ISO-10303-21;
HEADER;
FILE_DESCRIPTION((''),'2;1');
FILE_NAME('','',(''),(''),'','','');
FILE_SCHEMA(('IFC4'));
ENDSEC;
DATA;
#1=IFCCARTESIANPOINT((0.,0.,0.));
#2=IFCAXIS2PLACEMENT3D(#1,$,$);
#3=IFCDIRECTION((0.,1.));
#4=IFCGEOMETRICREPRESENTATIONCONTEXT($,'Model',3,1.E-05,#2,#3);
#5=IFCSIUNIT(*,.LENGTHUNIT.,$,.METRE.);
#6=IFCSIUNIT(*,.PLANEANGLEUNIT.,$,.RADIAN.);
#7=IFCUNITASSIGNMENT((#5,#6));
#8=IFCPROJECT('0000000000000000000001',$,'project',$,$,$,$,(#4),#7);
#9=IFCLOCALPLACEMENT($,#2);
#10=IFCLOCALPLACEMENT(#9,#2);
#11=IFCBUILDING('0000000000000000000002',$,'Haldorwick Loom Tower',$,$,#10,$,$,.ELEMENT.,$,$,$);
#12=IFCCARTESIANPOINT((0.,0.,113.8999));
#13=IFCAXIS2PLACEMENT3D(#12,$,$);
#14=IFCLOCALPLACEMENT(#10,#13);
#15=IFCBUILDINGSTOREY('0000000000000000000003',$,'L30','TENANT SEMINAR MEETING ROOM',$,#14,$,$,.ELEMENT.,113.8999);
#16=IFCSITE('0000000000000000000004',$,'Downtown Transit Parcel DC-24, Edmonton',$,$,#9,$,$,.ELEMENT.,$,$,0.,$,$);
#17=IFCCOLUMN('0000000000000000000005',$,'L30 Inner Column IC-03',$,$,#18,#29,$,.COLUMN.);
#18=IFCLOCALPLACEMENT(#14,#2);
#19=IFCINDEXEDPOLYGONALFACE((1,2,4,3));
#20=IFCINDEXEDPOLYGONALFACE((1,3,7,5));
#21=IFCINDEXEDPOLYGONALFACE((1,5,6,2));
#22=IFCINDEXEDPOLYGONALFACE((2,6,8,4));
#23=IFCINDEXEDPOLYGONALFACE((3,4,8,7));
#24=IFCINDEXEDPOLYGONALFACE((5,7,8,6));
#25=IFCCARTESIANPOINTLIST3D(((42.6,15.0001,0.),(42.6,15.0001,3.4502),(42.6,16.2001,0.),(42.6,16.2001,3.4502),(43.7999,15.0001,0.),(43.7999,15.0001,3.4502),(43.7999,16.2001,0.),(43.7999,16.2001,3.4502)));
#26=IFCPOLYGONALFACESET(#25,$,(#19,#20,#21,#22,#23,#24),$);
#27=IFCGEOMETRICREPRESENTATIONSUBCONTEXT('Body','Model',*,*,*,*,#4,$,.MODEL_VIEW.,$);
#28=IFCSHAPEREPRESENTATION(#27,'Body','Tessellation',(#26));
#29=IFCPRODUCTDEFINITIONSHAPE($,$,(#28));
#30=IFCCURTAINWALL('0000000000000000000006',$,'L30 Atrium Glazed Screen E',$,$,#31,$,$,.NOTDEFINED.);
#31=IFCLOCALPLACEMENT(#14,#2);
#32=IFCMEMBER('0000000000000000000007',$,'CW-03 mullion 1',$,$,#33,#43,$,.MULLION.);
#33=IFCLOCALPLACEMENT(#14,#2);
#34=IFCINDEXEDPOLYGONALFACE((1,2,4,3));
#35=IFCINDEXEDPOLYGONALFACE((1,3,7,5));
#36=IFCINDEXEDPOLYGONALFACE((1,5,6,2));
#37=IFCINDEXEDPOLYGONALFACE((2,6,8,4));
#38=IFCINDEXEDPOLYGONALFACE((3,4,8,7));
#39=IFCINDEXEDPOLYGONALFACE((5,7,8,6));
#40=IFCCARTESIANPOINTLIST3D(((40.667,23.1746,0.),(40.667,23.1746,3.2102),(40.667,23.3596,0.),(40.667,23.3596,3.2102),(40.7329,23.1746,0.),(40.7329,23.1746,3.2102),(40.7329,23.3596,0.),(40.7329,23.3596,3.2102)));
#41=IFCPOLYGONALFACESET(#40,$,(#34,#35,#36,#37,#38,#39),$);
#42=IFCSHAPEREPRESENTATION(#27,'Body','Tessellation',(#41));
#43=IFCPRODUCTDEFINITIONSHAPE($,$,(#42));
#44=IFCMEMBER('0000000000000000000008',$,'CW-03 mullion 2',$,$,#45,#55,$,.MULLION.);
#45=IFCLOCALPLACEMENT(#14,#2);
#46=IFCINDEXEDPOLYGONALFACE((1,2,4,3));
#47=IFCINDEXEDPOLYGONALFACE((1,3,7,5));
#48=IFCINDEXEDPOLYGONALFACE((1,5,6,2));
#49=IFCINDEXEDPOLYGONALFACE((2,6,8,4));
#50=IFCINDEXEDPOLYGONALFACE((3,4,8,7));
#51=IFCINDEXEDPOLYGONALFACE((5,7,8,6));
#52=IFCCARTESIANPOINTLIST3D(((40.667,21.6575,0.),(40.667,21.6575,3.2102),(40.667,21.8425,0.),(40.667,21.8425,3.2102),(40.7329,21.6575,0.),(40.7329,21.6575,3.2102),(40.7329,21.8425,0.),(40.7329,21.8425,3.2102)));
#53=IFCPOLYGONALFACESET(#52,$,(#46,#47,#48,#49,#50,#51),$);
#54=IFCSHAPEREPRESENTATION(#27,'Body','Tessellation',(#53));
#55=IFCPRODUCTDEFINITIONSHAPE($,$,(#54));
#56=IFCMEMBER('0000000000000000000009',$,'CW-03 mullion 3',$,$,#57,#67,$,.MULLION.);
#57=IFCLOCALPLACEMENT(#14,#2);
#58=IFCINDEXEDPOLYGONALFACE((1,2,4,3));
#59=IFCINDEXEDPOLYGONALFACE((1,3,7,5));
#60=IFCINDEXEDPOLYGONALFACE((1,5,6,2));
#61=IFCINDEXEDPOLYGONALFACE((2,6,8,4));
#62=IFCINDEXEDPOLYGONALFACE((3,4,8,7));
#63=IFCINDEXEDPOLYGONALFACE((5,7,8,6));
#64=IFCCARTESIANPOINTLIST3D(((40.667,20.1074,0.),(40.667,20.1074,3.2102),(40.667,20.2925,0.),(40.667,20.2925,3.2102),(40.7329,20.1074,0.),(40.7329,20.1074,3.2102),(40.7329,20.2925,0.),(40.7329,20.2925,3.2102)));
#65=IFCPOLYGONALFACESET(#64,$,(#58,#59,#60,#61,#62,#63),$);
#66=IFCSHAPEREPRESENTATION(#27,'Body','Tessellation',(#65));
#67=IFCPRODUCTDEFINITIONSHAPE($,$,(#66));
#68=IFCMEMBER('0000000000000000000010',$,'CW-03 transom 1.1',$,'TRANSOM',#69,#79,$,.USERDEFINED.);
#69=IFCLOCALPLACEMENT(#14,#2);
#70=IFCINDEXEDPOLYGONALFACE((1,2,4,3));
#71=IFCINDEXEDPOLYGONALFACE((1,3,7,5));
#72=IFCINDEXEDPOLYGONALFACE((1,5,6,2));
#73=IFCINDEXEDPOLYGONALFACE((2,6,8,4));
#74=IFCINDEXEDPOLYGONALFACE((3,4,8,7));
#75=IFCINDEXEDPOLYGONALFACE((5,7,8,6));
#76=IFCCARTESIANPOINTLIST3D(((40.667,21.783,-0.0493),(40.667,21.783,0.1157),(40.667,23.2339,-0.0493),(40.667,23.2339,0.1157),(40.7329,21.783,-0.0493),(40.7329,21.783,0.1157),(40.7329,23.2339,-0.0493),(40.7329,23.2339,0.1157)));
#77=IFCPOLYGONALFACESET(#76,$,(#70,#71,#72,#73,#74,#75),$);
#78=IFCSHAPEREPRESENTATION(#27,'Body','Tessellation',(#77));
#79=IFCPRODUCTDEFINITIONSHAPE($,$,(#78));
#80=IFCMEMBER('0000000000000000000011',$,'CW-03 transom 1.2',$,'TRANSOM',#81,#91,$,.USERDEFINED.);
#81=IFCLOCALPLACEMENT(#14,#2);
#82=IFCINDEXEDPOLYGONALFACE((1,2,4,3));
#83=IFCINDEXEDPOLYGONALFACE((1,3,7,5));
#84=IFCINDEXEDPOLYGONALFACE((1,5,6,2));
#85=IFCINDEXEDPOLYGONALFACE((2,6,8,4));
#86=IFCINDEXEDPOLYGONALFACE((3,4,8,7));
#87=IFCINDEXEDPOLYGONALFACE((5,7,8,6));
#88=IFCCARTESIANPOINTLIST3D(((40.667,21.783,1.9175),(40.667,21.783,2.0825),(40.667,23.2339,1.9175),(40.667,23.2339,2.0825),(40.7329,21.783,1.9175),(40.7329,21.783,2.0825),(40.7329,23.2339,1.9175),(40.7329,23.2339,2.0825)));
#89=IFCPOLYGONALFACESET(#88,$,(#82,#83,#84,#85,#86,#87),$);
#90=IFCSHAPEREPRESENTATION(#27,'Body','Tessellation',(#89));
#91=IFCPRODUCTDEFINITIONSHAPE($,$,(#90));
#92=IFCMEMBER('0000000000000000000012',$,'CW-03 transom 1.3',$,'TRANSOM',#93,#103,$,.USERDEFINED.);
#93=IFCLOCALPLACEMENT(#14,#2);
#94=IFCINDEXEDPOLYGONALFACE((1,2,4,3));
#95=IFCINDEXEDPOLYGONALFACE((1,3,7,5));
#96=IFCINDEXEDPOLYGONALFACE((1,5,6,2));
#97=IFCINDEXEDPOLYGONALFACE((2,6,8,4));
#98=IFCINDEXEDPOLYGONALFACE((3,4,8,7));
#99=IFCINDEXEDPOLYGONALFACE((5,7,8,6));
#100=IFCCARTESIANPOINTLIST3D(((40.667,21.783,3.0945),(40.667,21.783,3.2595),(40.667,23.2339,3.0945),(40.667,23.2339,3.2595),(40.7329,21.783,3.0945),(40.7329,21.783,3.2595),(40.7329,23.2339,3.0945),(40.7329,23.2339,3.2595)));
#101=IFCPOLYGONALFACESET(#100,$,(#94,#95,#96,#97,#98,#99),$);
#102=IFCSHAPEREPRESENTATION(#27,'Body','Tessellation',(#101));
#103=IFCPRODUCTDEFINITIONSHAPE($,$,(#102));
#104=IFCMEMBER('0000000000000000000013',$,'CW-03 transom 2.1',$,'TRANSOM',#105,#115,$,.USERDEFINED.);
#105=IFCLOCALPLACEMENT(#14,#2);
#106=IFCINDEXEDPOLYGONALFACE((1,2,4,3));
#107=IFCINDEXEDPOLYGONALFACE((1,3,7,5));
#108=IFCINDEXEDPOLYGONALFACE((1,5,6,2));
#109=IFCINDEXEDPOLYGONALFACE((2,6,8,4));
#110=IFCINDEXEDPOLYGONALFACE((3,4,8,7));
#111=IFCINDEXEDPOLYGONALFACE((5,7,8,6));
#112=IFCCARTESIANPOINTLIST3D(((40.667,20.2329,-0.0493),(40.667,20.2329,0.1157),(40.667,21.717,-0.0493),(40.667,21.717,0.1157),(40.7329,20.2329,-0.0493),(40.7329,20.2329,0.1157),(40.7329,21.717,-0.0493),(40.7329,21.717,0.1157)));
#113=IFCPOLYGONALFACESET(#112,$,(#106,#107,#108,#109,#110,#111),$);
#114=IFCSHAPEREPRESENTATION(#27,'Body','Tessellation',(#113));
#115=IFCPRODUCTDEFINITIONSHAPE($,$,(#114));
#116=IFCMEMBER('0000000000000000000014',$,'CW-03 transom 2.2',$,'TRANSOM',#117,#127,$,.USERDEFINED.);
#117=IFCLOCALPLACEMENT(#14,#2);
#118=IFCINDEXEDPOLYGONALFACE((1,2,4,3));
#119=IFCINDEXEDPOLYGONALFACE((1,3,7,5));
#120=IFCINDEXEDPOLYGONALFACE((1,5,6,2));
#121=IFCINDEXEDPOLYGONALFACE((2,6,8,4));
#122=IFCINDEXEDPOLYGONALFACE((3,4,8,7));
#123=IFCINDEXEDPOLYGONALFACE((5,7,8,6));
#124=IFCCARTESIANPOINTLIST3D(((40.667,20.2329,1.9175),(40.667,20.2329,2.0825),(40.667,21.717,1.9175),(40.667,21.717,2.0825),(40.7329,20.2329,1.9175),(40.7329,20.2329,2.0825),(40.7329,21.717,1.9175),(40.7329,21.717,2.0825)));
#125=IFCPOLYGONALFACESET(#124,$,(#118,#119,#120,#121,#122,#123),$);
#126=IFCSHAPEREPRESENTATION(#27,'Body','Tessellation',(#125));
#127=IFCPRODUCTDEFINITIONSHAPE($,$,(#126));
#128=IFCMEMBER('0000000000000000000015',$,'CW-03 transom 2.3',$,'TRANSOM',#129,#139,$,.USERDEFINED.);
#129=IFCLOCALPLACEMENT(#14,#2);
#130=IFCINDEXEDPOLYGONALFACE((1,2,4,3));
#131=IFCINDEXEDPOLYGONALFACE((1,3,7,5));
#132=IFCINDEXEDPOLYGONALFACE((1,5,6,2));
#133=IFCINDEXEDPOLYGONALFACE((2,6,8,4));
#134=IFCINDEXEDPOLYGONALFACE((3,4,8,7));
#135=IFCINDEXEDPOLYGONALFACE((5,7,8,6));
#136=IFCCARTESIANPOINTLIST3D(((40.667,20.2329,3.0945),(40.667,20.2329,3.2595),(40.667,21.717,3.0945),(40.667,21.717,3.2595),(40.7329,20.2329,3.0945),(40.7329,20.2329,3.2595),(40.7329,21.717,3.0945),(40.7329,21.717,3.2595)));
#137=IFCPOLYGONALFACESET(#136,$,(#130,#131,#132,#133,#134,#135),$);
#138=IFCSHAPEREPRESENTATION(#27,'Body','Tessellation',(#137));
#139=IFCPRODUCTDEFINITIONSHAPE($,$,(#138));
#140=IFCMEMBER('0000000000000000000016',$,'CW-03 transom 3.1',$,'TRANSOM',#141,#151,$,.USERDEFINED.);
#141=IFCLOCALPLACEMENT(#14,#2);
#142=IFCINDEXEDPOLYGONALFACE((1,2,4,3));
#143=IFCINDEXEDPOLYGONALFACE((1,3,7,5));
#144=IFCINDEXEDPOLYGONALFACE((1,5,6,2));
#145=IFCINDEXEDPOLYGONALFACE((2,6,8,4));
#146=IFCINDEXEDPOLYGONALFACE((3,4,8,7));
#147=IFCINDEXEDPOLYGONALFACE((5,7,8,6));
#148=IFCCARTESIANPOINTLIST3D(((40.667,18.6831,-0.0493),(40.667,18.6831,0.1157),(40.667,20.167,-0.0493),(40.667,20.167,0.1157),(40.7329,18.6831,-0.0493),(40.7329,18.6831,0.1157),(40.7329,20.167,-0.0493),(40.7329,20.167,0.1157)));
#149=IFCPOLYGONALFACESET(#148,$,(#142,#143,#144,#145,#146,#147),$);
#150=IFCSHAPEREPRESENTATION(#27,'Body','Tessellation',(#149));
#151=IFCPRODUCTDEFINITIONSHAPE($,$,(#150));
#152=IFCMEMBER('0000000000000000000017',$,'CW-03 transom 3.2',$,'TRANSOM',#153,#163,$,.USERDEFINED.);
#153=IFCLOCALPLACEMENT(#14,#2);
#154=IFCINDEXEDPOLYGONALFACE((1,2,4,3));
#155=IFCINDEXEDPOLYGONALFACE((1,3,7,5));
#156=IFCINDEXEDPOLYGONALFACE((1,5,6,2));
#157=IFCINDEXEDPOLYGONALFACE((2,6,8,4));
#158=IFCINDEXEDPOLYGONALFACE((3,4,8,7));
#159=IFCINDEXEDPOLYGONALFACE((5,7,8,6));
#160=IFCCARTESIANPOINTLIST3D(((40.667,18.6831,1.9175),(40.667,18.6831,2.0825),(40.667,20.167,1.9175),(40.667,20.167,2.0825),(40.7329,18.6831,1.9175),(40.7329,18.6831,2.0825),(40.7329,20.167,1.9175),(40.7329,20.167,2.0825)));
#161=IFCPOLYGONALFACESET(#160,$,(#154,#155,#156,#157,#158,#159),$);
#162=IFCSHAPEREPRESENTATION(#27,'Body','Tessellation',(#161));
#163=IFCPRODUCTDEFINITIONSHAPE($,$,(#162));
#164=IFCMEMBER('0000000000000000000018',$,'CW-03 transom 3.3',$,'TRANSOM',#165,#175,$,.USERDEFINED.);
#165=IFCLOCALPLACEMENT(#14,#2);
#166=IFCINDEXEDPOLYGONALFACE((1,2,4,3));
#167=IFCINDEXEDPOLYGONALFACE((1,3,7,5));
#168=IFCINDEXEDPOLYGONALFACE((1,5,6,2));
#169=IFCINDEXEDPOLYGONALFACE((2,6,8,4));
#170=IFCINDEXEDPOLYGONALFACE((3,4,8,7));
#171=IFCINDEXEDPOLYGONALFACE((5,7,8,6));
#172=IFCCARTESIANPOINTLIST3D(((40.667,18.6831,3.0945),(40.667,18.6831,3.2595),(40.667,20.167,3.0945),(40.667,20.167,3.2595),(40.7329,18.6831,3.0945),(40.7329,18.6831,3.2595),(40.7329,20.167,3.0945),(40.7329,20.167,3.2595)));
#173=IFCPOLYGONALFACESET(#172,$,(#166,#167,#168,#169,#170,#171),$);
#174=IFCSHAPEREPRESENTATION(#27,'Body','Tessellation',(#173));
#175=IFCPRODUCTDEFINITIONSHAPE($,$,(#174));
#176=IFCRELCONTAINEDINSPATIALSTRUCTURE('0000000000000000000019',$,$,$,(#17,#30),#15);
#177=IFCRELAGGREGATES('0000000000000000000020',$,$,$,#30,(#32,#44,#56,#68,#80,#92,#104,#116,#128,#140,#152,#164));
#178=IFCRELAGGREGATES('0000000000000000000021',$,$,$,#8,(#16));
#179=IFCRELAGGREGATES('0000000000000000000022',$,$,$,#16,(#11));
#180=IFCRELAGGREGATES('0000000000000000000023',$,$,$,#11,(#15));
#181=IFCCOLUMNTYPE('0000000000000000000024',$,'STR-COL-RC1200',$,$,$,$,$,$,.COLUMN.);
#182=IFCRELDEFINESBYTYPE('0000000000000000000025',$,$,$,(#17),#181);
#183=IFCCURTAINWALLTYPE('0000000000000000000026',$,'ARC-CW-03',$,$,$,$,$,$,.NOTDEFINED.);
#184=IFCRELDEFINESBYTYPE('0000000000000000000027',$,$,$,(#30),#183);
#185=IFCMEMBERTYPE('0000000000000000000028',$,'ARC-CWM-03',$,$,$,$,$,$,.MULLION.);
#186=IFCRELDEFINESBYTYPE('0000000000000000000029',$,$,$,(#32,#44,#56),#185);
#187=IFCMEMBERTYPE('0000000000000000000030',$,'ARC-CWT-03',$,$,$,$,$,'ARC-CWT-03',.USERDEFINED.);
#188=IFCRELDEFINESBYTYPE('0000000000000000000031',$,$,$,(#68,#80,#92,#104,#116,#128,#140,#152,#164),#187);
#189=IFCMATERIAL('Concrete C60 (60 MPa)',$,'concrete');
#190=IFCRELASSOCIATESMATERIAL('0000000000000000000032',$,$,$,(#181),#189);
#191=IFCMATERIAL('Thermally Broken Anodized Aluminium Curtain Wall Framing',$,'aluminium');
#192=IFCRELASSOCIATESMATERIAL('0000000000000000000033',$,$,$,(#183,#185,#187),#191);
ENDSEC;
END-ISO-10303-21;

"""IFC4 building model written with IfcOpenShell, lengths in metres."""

from ifc_helpers import new_model, si_unit, direction, frame, origin, origin_2d, place, context, subcontext, project, spatial, rectangle, extrude, material, material_profile, profile_set, type_object, element, aggregate, save


model = new_model("IFC4")

# Units and contexts
model_context = context("Model", 3, precision=1e-05, world=origin(), true_north=direction((0.0, 1.0)))
body_context = subcontext(model_context, "Body", "Model", "MODEL_VIEW")
ifc_project = project(units=[si_unit("LENGTHUNIT", "METRE"), si_unit("PLANEANGLEUNIT", "RADIAN")], contexts=[model_context])

# Site, building, storey
site_placement = place(None, origin())
site = spatial("IfcSite", under=ifc_project, at=site_placement, Name="Downtown Transit Parcel DC-24, Edmonton", CompositionType="ELEMENT", RefElevation=0.0)
building_placement = place(site_placement, origin())
building = spatial("IfcBuilding", under=site, at=building_placement, Name="Haldorwick Loom Tower", CompositionType="ELEMENT")
storey_placement = place(building_placement, frame((0.0, 0.0, 113.8999)))
storey = spatial("IfcBuildingStorey", under=building, at=storey_placement, Name="L30", Description="TENANT SEMINAR MEETING ROOM", CompositionType="ELEMENT", Elevation=113.8999)

# Column
ifc_material_1 = material(Name="Concrete C60 (60 MPa)", Category="concrete")
ifc_material_profile_1 = material_profile(ifc_material_1, rectangle(XDim=1.2, YDim=1.2, at=origin_2d()), Name="RC1200X1200", Category="concrete")
ifc_profile_set_1 = profile_set([ifc_material_profile_1], Name="Concrete C60 (60 MPa)")
column_type = type_object("IfcColumnType", Name="STR-COL-RC1200", PredefinedType="COLUMN", material=ifc_profile_set_1)
column_placement = place(storey_placement, frame((43.2, 15.6001, 0.0), z_axis=(0.0, 0.0, 1.0), x_axis=(1.0, 0.0, 0.0)))
element("IfcColumn", 1, at=column_placement, inside=storey, type_object=column_type, Name="L30 Inner Column IC-03", PredefinedType="COLUMN", context=body_context, shape_type="SweptSolid", body=[
    extrude(rectangle(XDim=1.2, YDim=1.2, at=origin_2d()), origin(), (0.0, 0.0, 1.0), 3.4502),
])

# Curtain wall, members
ifc_material_2 = material(Name="Thermally Broken Anodized Aluminium Curtain Wall Framing", Category="aluminium")
curtain_wall_type = type_object("IfcCurtainWallType", Name="ARC-CW-03", PredefinedType="NOTDEFINED", material=ifc_material_2)
curtain_wall_placement = place(storey_placement, origin())
curtain_wall = element("IfcCurtainWall", 2, at=curtain_wall_placement, inside=storey, type_object=curtain_wall_type, Name="L30 Atrium Glazed Screen E", PredefinedType="NOTDEFINED")
ifc_material_profile_2 = material_profile(ifc_material_2, rectangle(XDim=0.0659, YDim=0.1851, at=origin_2d()), Name="ALU_MUL_66X185", Category="aluminium")
ifc_profile_set_2 = profile_set([ifc_material_profile_2], Name="Thermally Broken Anodized Aluminium Curtain Wall Framing")
member_type_1 = type_object("IfcMemberType", Name="ARC-CWM-03", PredefinedType="MULLION", material=ifc_profile_set_2)
member_1_placement = place(storey_placement, frame((40.7, 23.2671, 0.0), z_axis=(0.0, 0.0, 1.0), x_axis=(1.0, 0.0, 0.0)))
member_1 = element("IfcMember", 3, at=member_1_placement, type_object=member_type_1, Name="CW-03 mullion 1", PredefinedType="MULLION", context=body_context, shape_type="SweptSolid", body=[
    extrude(rectangle(XDim=0.0659, YDim=0.1851, at=origin_2d()), origin(), (0.0, 0.0, 1.0), 3.2102),
])
member_2_placement = place(storey_placement, frame((40.7, 21.75, 0.0), z_axis=(0.0, 0.0, 1.0), x_axis=(1.0, 0.0, 0.0)))
member_2 = element("IfcMember", 4, at=member_2_placement, type_object=member_type_1, Name="CW-03 mullion 2", PredefinedType="MULLION", context=body_context, shape_type="SweptSolid", body=[
    extrude(rectangle(XDim=0.0659, YDim=0.1851, at=origin_2d()), origin(), (0.0, 0.0, 1.0), 3.2102),
])
member_3_placement = place(storey_placement, frame((40.7, 20.2, 0.0), z_axis=(0.0, 0.0, 1.0), x_axis=(1.0, 0.0, 0.0)))
member_3 = element("IfcMember", 5, at=member_3_placement, type_object=member_type_1, Name="CW-03 mullion 3", PredefinedType="MULLION", context=body_context, shape_type="SweptSolid", body=[
    extrude(rectangle(XDim=0.0659, YDim=0.1851, at=origin_2d()), origin(), (0.0, 0.0, 1.0), 3.2102),
])
ifc_material_profile_3 = material_profile(ifc_material_2, rectangle(XDim=0.0659, YDim=0.165, at=origin_2d()), Name="ALU_TRN_66X165", Category="aluminium")
ifc_profile_set_3 = profile_set([ifc_material_profile_3], Name="Thermally Broken Anodized Aluminium Curtain Wall Framing")
member_type_2 = type_object("IfcMemberType", Name="ARC-CWT-03", ElementType="ARC-CWT-03", PredefinedType="USERDEFINED", material=ifc_profile_set_3)
member_4_placement = place(storey_placement, frame((40.7, 23.2339, 0.0332), z_axis=(0.0, -1.0, 0.0), x_axis=(1.0, 0.0, 0.0)))
member_4 = element("IfcMember", 6, at=member_4_placement, type_object=member_type_2, Name="CW-03 transom 1.1", ObjectType="TRANSOM", PredefinedType="USERDEFINED", context=body_context, shape_type="SweptSolid", body=[
    extrude(rectangle(XDim=0.0659, YDim=0.165, at=origin_2d()), origin(), (0.0, 0.0, 1.0), 1.4509),
])
member_5_placement = place(storey_placement, frame((40.7, 23.2339, 2.0), z_axis=(0.0, -1.0, 0.0), x_axis=(1.0, 0.0, 0.0)))
member_5 = element("IfcMember", 7, at=member_5_placement, type_object=member_type_2, Name="CW-03 transom 1.2", ObjectType="TRANSOM", PredefinedType="USERDEFINED", context=body_context, shape_type="SweptSolid", body=[
    extrude(rectangle(XDim=0.0659, YDim=0.165, at=origin_2d()), origin(), (0.0, 0.0, 1.0), 1.4509),
])
member_6_placement = place(storey_placement, frame((40.7, 23.2339, 3.177), z_axis=(0.0, -1.0, 0.0), x_axis=(1.0, 0.0, 0.0)))
member_6 = element("IfcMember", 8, at=member_6_placement, type_object=member_type_2, Name="CW-03 transom 1.3", ObjectType="TRANSOM", PredefinedType="USERDEFINED", context=body_context, shape_type="SweptSolid", body=[
    extrude(rectangle(XDim=0.0659, YDim=0.165, at=origin_2d()), origin(), (0.0, 0.0, 1.0), 1.4509),
])
member_7_placement = place(storey_placement, frame((40.7, 21.717, 0.0332), z_axis=(0.0, -1.0, 0.0), x_axis=(1.0, 0.0, 0.0)))
member_7 = element("IfcMember", 9, at=member_7_placement, type_object=member_type_2, Name="CW-03 transom 2.1", ObjectType="TRANSOM", PredefinedType="USERDEFINED", context=body_context, shape_type="SweptSolid", body=[
    extrude(rectangle(XDim=0.0659, YDim=0.165, at=origin_2d()), origin(), (0.0, 0.0, 1.0), 1.4841),
])
member_8_placement = place(storey_placement, frame((40.7, 21.717, 2.0), z_axis=(0.0, -1.0, 0.0), x_axis=(1.0, 0.0, 0.0)))
member_8 = element("IfcMember", 10, at=member_8_placement, type_object=member_type_2, Name="CW-03 transom 2.2", ObjectType="TRANSOM", PredefinedType="USERDEFINED", context=body_context, shape_type="SweptSolid", body=[
    extrude(rectangle(XDim=0.0659, YDim=0.165, at=origin_2d()), origin(), (0.0, 0.0, 1.0), 1.4841),
])
member_9_placement = place(storey_placement, frame((40.7, 21.717, 3.177), z_axis=(0.0, -1.0, 0.0), x_axis=(1.0, 0.0, 0.0)))
member_9 = element("IfcMember", 11, at=member_9_placement, type_object=member_type_2, Name="CW-03 transom 2.3", ObjectType="TRANSOM", PredefinedType="USERDEFINED", context=body_context, shape_type="SweptSolid", body=[
    extrude(rectangle(XDim=0.0659, YDim=0.165, at=origin_2d()), origin(), (0.0, 0.0, 1.0), 1.4841),
])
member_10_placement = place(storey_placement, frame((40.7, 20.167, 0.0332), z_axis=(0.0, -1.0, 0.0), x_axis=(1.0, 0.0, 0.0)))
member_10 = element("IfcMember", 12, at=member_10_placement, type_object=member_type_2, Name="CW-03 transom 3.1", ObjectType="TRANSOM", PredefinedType="USERDEFINED", context=body_context, shape_type="SweptSolid", body=[
    extrude(rectangle(XDim=0.0659, YDim=0.165, at=origin_2d()), origin(), (0.0, 0.0, 1.0), 1.4839),
])
member_11_placement = place(storey_placement, frame((40.7, 20.167, 2.0), z_axis=(0.0, -1.0, 0.0), x_axis=(1.0, 0.0, 0.0)))
member_11 = element("IfcMember", 13, at=member_11_placement, type_object=member_type_2, Name="CW-03 transom 3.2", ObjectType="TRANSOM", PredefinedType="USERDEFINED", context=body_context, shape_type="SweptSolid", body=[
    extrude(rectangle(XDim=0.0659, YDim=0.165, at=origin_2d()), origin(), (0.0, 0.0, 1.0), 1.4839),
])
member_12_placement = place(storey_placement, frame((40.7, 20.167, 3.177), z_axis=(0.0, -1.0, 0.0), x_axis=(1.0, 0.0, 0.0)))
member_12 = element("IfcMember", 14, at=member_12_placement, type_object=member_type_2, Name="CW-03 transom 3.3", ObjectType="TRANSOM", PredefinedType="USERDEFINED", context=body_context, shape_type="SweptSolid", body=[
    extrude(rectangle(XDim=0.0659, YDim=0.165, at=origin_2d()), origin(), (0.0, 0.0, 1.0), 1.4839),
])

aggregate(curtain_wall, [member_1, member_2, member_3, member_4, member_5, member_6, member_7, member_8, member_9, member_10, member_11, member_12])

save(model, "model.ifc")
